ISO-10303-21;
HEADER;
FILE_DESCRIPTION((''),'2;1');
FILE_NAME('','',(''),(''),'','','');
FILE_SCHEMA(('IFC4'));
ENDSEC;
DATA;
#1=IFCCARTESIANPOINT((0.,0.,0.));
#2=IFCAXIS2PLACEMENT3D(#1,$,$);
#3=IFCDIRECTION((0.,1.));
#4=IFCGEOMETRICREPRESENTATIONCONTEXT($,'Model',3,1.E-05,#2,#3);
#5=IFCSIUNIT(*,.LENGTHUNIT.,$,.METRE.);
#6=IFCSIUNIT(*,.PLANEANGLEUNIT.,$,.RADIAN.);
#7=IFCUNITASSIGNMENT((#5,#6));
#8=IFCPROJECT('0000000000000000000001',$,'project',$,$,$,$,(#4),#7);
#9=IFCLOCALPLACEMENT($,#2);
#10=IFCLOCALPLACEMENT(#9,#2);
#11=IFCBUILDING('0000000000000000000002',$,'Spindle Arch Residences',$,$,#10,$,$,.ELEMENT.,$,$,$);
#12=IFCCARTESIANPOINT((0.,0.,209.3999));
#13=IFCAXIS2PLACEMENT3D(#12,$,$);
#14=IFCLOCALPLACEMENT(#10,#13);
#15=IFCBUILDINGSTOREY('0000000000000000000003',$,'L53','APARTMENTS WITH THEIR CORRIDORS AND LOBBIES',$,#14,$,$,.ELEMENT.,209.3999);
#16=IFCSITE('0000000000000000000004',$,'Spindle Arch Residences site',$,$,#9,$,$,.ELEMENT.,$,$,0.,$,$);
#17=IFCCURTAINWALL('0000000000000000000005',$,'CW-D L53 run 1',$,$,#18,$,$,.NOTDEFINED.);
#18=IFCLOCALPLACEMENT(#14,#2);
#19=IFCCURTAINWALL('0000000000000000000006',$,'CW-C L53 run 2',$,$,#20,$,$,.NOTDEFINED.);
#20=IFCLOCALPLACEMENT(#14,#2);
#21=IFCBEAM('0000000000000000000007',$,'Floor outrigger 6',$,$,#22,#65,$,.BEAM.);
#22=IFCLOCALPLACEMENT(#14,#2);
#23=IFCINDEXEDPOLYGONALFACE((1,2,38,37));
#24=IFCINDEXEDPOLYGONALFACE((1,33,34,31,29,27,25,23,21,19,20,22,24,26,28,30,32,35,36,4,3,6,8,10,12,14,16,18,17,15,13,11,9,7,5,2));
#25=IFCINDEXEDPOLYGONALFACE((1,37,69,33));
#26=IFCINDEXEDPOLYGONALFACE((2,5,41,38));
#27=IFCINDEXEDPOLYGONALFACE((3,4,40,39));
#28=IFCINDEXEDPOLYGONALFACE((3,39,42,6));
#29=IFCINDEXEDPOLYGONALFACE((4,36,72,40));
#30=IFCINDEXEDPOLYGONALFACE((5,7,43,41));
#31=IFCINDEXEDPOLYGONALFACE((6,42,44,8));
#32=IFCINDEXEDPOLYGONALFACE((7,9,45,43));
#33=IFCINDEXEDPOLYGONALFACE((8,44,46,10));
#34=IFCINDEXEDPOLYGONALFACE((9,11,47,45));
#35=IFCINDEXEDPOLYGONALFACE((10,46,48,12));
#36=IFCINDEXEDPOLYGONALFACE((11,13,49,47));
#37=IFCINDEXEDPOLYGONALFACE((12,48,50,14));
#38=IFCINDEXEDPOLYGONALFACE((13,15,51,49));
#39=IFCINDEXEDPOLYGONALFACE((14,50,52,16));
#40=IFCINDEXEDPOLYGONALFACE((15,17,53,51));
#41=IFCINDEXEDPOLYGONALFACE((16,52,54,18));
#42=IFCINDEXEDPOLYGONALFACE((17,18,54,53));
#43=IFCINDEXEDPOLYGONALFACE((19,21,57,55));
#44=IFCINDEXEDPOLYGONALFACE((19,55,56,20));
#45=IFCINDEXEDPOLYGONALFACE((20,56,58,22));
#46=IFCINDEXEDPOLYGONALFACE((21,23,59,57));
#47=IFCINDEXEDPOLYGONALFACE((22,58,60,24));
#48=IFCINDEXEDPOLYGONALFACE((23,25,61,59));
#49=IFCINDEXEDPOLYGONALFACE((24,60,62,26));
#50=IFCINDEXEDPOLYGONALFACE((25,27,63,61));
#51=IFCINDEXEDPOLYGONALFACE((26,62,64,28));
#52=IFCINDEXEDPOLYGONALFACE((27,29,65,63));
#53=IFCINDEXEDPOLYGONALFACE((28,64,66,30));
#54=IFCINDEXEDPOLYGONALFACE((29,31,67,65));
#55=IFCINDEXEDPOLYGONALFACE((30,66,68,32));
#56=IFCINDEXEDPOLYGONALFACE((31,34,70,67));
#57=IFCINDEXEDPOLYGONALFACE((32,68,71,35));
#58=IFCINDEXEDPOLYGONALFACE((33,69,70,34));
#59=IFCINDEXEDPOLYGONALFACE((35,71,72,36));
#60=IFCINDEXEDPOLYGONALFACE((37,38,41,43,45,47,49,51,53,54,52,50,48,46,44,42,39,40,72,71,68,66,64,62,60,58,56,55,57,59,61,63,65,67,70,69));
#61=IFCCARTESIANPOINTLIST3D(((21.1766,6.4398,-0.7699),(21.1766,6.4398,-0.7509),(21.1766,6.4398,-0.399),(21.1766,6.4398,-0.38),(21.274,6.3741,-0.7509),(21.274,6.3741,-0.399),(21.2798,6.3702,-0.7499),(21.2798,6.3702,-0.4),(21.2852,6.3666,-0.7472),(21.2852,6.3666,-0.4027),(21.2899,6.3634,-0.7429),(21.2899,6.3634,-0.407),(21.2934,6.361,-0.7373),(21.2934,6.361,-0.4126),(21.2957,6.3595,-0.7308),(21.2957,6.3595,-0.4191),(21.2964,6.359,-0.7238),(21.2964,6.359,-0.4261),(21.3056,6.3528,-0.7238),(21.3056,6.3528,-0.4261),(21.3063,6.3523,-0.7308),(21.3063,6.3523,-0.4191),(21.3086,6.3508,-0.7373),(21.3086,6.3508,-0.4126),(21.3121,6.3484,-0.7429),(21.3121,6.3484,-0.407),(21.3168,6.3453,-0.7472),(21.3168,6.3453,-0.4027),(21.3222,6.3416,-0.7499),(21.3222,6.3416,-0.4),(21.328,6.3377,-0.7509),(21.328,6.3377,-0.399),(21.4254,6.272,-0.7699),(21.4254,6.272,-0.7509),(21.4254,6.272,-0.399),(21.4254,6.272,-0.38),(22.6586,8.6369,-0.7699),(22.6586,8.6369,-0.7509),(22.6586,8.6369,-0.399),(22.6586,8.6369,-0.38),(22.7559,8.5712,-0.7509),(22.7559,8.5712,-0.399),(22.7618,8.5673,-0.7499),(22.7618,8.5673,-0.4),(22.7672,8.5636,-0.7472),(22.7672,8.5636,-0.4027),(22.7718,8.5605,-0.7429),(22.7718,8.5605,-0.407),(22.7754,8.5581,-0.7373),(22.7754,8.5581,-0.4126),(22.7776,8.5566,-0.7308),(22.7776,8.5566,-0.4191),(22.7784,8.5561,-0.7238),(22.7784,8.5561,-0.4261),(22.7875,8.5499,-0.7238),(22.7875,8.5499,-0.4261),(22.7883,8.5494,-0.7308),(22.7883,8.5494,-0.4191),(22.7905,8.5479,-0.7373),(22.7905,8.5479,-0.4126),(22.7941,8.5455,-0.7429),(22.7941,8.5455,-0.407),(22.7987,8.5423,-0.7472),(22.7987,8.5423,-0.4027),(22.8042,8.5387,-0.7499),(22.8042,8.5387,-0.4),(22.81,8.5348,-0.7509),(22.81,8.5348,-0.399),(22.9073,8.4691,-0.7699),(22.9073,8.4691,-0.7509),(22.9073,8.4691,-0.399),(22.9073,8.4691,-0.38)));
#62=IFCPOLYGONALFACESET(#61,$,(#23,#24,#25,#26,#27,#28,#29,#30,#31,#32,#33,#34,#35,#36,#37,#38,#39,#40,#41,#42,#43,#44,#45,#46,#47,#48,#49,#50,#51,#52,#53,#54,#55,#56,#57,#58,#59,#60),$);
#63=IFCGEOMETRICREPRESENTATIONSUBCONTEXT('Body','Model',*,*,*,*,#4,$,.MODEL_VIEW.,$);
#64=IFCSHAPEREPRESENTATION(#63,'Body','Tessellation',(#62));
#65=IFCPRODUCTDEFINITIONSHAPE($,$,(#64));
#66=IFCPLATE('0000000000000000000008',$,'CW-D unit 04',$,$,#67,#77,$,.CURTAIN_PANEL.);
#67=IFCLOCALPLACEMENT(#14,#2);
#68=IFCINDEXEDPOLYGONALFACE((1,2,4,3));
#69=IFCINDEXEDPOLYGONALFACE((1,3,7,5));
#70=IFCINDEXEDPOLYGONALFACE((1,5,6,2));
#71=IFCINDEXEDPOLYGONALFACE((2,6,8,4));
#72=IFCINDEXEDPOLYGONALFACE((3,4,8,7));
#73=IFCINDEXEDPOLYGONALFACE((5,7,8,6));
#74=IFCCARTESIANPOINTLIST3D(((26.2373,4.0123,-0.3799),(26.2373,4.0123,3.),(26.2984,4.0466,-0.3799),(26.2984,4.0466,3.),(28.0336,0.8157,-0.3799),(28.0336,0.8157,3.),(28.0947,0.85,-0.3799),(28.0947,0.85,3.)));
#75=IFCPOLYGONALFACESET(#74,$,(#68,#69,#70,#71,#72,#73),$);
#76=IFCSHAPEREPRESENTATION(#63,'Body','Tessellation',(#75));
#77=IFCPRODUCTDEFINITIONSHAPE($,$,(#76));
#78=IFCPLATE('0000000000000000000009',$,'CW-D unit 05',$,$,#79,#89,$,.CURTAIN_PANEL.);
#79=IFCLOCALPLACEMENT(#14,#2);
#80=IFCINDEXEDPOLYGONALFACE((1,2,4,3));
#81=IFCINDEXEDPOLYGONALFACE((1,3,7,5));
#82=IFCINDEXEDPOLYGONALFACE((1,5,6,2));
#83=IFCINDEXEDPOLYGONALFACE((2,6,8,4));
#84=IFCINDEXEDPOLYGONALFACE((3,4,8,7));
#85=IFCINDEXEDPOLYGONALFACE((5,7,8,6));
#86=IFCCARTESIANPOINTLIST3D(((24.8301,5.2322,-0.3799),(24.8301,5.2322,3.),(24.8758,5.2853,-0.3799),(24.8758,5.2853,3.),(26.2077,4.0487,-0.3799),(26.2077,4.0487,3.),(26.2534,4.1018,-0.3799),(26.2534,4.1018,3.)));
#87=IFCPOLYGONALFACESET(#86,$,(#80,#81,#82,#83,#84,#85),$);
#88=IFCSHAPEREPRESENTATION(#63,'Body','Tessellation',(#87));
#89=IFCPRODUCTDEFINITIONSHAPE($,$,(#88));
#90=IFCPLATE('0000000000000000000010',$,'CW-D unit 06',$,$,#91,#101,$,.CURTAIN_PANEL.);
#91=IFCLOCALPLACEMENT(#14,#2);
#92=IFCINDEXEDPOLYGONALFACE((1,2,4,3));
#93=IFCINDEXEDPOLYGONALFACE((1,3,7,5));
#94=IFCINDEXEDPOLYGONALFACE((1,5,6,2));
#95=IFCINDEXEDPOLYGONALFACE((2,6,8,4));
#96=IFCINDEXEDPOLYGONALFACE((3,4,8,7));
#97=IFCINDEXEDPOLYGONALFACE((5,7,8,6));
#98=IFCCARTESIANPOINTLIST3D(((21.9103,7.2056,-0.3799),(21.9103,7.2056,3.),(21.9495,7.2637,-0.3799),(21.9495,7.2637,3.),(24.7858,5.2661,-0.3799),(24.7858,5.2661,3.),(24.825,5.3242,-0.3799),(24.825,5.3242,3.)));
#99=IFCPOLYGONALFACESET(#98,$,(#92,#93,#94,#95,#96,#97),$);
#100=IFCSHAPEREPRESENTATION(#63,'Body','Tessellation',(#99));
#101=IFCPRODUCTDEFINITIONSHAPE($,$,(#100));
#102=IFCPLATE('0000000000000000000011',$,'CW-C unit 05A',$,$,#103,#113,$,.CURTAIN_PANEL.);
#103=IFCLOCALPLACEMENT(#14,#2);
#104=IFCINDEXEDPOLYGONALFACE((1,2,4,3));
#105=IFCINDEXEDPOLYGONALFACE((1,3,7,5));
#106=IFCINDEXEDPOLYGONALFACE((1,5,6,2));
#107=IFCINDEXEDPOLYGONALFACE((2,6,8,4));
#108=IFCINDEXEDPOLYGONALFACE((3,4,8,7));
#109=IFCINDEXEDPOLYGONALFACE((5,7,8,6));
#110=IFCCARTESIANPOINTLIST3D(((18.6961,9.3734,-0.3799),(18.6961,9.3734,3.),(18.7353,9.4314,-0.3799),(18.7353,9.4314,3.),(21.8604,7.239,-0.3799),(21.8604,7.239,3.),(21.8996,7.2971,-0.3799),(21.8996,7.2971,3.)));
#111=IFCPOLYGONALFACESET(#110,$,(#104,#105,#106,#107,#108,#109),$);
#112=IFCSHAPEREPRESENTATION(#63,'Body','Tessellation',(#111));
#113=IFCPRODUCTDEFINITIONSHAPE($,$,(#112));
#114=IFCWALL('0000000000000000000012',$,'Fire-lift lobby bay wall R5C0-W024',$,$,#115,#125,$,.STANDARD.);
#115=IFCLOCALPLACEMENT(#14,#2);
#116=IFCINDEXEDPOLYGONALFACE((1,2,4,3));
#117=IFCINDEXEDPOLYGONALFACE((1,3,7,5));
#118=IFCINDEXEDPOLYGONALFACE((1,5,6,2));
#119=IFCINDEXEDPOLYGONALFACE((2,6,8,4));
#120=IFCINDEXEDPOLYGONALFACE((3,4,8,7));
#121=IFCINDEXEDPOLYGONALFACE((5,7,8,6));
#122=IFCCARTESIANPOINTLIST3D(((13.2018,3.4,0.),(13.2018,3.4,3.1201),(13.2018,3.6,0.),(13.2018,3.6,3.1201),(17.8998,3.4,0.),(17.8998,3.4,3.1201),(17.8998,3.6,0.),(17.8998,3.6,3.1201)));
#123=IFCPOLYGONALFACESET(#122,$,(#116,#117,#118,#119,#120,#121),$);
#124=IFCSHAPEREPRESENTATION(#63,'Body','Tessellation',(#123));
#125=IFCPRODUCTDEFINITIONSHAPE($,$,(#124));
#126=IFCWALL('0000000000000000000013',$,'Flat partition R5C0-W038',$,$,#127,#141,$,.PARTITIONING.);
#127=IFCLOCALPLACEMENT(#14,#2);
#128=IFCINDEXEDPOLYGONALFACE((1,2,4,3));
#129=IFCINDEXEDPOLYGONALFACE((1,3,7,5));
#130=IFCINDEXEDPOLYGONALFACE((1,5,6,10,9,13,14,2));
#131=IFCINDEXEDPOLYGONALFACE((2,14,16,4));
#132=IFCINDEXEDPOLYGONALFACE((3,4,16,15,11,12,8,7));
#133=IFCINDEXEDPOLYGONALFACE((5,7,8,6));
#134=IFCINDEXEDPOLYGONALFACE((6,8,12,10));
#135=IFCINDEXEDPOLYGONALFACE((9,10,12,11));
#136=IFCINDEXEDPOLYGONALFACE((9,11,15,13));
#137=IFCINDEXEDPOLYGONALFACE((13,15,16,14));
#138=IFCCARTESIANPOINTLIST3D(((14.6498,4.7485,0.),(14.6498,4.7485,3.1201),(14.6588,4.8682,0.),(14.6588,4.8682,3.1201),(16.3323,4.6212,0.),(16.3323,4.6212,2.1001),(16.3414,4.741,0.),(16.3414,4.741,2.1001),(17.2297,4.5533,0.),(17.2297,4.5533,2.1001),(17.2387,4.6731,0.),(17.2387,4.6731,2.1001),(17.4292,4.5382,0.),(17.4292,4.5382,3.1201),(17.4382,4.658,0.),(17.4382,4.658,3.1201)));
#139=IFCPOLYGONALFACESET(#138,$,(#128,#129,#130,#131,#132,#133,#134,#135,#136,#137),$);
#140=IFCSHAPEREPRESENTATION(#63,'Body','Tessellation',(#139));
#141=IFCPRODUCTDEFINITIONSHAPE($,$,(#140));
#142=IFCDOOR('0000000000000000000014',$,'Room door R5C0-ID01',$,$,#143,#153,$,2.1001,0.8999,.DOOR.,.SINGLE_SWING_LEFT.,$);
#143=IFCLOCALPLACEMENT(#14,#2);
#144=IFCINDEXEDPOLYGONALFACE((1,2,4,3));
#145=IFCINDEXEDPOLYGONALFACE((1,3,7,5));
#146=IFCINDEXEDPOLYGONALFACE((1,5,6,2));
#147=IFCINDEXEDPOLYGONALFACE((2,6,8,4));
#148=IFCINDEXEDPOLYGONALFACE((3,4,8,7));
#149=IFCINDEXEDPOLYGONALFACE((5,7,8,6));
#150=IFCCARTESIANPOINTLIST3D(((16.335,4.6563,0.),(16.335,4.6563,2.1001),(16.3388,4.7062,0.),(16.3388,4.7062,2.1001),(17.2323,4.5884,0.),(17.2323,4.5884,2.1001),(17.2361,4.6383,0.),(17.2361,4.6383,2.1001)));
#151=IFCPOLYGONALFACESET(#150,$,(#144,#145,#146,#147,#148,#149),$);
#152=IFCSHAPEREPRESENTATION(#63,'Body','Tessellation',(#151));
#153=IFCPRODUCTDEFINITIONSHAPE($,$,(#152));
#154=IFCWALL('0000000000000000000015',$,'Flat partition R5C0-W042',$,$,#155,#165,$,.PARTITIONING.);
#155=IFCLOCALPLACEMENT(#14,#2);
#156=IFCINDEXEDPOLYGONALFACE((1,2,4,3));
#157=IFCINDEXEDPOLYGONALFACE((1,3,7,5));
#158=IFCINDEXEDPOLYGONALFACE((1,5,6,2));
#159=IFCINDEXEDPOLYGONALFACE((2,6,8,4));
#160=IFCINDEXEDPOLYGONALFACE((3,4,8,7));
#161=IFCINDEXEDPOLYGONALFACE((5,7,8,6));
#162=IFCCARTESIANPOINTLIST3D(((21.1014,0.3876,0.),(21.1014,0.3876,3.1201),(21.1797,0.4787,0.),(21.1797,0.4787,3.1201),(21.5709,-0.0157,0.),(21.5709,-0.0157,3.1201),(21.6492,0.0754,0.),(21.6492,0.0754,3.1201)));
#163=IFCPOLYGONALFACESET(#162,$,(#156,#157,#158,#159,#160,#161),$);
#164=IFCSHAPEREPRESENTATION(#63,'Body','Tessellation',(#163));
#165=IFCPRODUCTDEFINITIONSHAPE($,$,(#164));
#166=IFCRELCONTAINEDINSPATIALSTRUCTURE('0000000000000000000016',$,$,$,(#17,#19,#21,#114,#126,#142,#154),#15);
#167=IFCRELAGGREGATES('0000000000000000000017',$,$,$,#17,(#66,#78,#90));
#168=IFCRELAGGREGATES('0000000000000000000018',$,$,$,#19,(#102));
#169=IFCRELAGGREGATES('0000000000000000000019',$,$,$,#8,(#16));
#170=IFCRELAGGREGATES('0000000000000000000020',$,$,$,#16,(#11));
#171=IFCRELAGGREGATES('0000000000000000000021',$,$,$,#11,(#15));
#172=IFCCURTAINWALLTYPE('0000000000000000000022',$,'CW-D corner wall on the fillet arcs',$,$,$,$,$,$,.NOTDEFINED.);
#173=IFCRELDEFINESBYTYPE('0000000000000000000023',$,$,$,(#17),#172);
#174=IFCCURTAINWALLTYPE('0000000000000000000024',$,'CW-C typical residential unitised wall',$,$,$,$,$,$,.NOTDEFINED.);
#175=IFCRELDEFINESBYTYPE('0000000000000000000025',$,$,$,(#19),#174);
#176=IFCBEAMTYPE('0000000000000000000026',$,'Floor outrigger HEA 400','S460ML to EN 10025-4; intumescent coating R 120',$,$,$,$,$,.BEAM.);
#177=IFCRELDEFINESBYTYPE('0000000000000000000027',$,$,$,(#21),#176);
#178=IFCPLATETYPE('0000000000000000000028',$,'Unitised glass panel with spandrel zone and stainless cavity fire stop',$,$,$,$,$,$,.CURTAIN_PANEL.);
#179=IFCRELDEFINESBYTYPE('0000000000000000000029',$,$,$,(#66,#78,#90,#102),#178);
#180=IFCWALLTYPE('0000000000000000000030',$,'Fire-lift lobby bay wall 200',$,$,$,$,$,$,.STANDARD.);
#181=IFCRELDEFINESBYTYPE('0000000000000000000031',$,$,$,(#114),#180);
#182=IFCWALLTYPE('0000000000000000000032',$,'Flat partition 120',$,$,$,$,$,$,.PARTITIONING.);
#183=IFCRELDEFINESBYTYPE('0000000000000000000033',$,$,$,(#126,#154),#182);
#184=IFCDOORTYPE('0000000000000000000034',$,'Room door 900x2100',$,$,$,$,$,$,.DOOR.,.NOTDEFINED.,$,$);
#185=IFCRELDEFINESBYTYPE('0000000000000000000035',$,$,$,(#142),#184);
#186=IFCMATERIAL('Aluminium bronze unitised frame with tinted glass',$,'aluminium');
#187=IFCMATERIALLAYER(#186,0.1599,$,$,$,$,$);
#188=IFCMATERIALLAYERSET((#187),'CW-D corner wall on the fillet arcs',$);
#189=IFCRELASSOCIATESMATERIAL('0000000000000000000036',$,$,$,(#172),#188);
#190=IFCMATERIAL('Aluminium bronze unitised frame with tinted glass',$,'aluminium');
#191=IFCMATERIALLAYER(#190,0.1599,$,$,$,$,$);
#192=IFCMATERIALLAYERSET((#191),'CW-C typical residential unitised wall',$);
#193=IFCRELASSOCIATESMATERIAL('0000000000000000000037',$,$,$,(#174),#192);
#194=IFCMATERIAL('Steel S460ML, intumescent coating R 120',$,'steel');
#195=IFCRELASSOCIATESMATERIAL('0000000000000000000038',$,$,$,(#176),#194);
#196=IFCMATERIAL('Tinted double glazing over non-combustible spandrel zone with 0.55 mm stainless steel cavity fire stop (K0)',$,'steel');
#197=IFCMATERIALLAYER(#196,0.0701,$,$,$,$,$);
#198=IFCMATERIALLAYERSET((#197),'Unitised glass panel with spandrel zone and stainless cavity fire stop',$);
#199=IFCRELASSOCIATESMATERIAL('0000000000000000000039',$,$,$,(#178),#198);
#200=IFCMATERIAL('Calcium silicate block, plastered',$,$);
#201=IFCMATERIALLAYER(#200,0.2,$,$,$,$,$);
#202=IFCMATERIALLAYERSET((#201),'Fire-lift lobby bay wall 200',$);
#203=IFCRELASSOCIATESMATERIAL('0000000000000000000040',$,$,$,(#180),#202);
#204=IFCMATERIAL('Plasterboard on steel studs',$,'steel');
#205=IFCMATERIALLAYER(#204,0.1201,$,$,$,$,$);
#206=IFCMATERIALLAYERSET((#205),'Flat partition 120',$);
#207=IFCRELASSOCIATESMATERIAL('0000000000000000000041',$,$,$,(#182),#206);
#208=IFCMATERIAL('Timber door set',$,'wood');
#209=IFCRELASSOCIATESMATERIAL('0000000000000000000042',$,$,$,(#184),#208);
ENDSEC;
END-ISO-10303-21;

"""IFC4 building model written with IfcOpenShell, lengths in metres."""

from ifc_helpers import new_model, si_unit, direction, frame, frame_2d, origin, origin_2d, place, context, subcontext, project, spatial, rectangle, i_section, extrude, material, layer, layer_set, material_profile, profile_set, type_object, element, fill, aggregate, save


model = new_model("IFC4")

# Units and contexts
model_context = context("Model", 3, precision=1e-05, world=origin(), true_north=direction((0.0, 1.0)))
body_context = subcontext(model_context, "Body", "Model", "MODEL_VIEW")
ifc_project = project(units=[si_unit("LENGTHUNIT", "METRE"), si_unit("PLANEANGLEUNIT", "RADIAN")], contexts=[model_context])

# Site, building, storey
site_placement = place(None, origin())
site = spatial("IfcSite", under=ifc_project, at=site_placement, Name="Spindle Arch Residences site", CompositionType="ELEMENT", RefElevation=0.0)
building_placement = place(site_placement, origin())
building = spatial("IfcBuilding", under=site, at=building_placement, Name="Spindle Arch Residences", CompositionType="ELEMENT")
storey_placement = place(building_placement, frame((0.0, 0.0, 209.3999)))
storey = spatial("IfcBuildingStorey", under=building, at=storey_placement, Name="L53", Description="APARTMENTS WITH THEIR CORRIDORS AND LOBBIES", CompositionType="ELEMENT", Elevation=209.3999)

# Curtain wall
ifc_material_1 = material(Name="Aluminium bronze unitised frame with tinted glass", Category="aluminium")
ifc_layer_1 = layer(ifc_material_1, 0.1599)
ifc_layer_set_1 = layer_set([ifc_layer_1], Name="CW-D corner wall on the fillet arcs")
curtain_wall_type_1 = type_object("IfcCurtainWallType", Name="CW-D corner wall on the fillet arcs", PredefinedType="NOTDEFINED", material=ifc_layer_set_1)
curtain_wall_1_placement = place(storey_placement, origin())
curtain_wall_1 = element("IfcCurtainWall", 1, at=curtain_wall_1_placement, inside=storey, type_object=curtain_wall_type_1, Name="CW-D L53 run 1", PredefinedType="NOTDEFINED")

# Curtain wall
ifc_material_2 = material(Name="Aluminium bronze unitised frame with tinted glass", Category="aluminium")
ifc_layer_2 = layer(ifc_material_2, 0.1599)
ifc_layer_set_2 = layer_set([ifc_layer_2], Name="CW-C typical residential unitised wall")
curtain_wall_type_2 = type_object("IfcCurtainWallType", Name="CW-C typical residential unitised wall", PredefinedType="NOTDEFINED", material=ifc_layer_set_2)
curtain_wall_2_placement = place(storey_placement, origin())
curtain_wall_2 = element("IfcCurtainWall", 2, at=curtain_wall_2_placement, inside=storey, type_object=curtain_wall_type_2, Name="CW-C L53 run 2", PredefinedType="NOTDEFINED")

# Beam
ifc_material_3 = material(Name="Steel S460ML, intumescent coating R 120", Category="steel")
ifc_material_profile_1 = material_profile(ifc_material_3, i_section(OverallWidth=0.3, OverallDepth=0.3899, WebThickness=0.011, FlangeThickness=0.019, FilletRadius=0.0271, at=origin_2d()), Name="HEA 400")
ifc_profile_set_1 = profile_set([ifc_material_profile_1], Name="Steel S460ML, intumescent coating R 120")
beam_type_1 = type_object("IfcBeamType", Name="Floor outrigger HEA 400", Description="S460ML to EN 10025-4; intumescent coating R 120", PredefinedType="BEAM", material=ifc_profile_set_1)
beam_1_placement = place(storey_placement, frame((22.783, 8.553, -0.575), z_axis=(-0.559199, -0.829033, 0.0), x_axis=(0.829033, -0.559199, 0.0)))
element("IfcBeam", 3, at=beam_1_placement, inside=storey, type_object=beam_type_1, Name="Floor outrigger 6", PredefinedType="BEAM", context=body_context, shape_type="SweptSolid", body=[
    extrude(i_section(OverallWidth=0.3, OverallDepth=0.3899, WebThickness=0.011, FlangeThickness=0.019, FilletRadius=0.0271, at=origin_2d()), origin(), (0.0, 0.0, 1.0), 2.6501),
])

# Plates
ifc_material_4 = material(Name="Tinted double glazing over non-combustible spandrel zone with 0.55 mm stainless steel cavity fire stop (K0)", Category="steel")
ifc_layer_3 = layer(ifc_material_4, 0.0701)
ifc_layer_set_3 = layer_set([ifc_layer_3], Name="Unitised glass panel with spandrel zone and stainless cavity fire stop")
plate_type = type_object("IfcPlateType", Name="Unitised glass panel with spandrel zone and stainless cavity fire stop", PredefinedType="CURTAIN_PANEL", material=ifc_layer_set_3)
plate_1_placement = place(storey_placement, frame((27.166, 2.4312, -0.3799), z_axis=(0.0, 0.0, 1.0), x_axis=(-0.48989, 0.871784, 0.0)))
plate_1 = element("IfcPlate", 4, at=plate_1_placement, type_object=plate_type, Name="CW-D unit 04", PredefinedType="CURTAIN_PANEL", context=body_context, shape_type="SweptSolid", body=[
    extrude(rectangle(XDim=3.6667, YDim=0.0701, at=origin_2d()), origin(), (0.0, 0.0, 1.0), 3.3799),
])
plate_2_placement = place(storey_placement, frame((25.5417, 4.667, -0.3799), z_axis=(0.0, 0.0, 1.0), x_axis=(-0.758514, 0.651657, 0.0)))
plate_2 = element("IfcPlate", 5, at=plate_2_placement, type_object=plate_type, Name="CW-D unit 05", PredefinedType="CURTAIN_PANEL", context=body_context, shape_type="SweptSolid", body=[
    extrude(rectangle(XDim=1.8162, YDim=0.0701, at=origin_2d()), origin(), (0.0, 0.0, 1.0), 3.3799),
])
plate_3_placement = place(storey_placement, frame((23.3677, 6.2649, -0.3799), z_axis=(0.0, 0.0, 1.0), x_axis=(-0.829038, 0.559193, 0.0)))
plate_3 = element("IfcPlate", 6, at=plate_3_placement, type_object=plate_type, Name="CW-D unit 06", PredefinedType="CURTAIN_PANEL", context=body_context, shape_type="SweptSolid", body=[
    extrude(rectangle(XDim=3.4685, YDim=0.0701, at=origin_2d()), origin(), (0.0, 0.0, 1.0), 3.3799),
])
aggregate(curtain_wall_1, [plate_1, plate_2, plate_3])
plate_4_placement = place(storey_placement, frame((20.2979, 8.3352, -0.3799), z_axis=(0.0, 0.0, 1.0), x_axis=(-0.829038, 0.559193, 0.0)))
plate_4 = element("IfcPlate", 7, at=plate_4_placement, type_object=plate_type, Name="CW-C unit 05A", PredefinedType="CURTAIN_PANEL", context=body_context, shape_type="SweptSolid", body=[
    extrude(rectangle(XDim=3.8169, YDim=0.0701, at=origin_2d()), origin(), (0.0, 0.0, 1.0), 3.3799),
])
aggregate(curtain_wall_2, [plate_4])

# Wall
ifc_material_5 = material(Name="Calcium silicate block, plastered")
ifc_layer_4 = layer(ifc_material_5, 0.2)
ifc_layer_set_4 = layer_set([ifc_layer_4], Name="Fire-lift lobby bay wall 200")
wall_type_1 = type_object("IfcWallType", Name="Fire-lift lobby bay wall 200", PredefinedType="STANDARD", material=ifc_layer_set_4)
wall_1_placement = place(storey_placement, frame((17.8999, 3.5, 0.0), z_axis=(0.0, 0.0, 1.0), x_axis=(-1.0, 0.0, 0.0)))
element("IfcWall", 8, at=wall_1_placement, inside=storey, type_object=wall_type_1, Name="Fire-lift lobby bay wall R5C0-W024", PredefinedType="STANDARD", context=body_context, shape_type="SweptSolid", body=[
    extrude(rectangle(XDim=4.698, YDim=0.2, at=frame_2d((2.3491, 0.0))), origin(), (0.0, 0.0, 1.0), 3.1201),
])

# Wall, opening, door
ifc_material_6 = material(Name="Plasterboard on steel studs", Category="steel")
ifc_layer_5 = layer(ifc_material_6, 0.1201)
ifc_layer_set_5 = layer_set([ifc_layer_5], Name="Flat partition 120")
wall_type_2 = type_object("IfcWallType", Name="Flat partition 120", PredefinedType="PARTITIONING", material=ifc_layer_set_5)
wall_2_placement = place(storey_placement, frame((17.4336, 4.5981, 0.0), z_axis=(0.0, 0.0, 1.0), x_axis=(-0.997152, 0.075417, 0.0)))
wall_2 = element("IfcWall", 9, at=wall_2_placement, inside=storey, type_object=wall_type_2, Name="Flat partition R5C0-W038", PredefinedType="PARTITIONING", context=body_context, shape_type="SweptSolid", body=[
    extrude(rectangle(XDim=2.7874, YDim=0.1201, at=frame_2d((1.3936, 0.0))), origin(), (0.0, 0.0, 1.0), 3.1201),
])
opening_1_placement = place(wall_2_placement, frame((0.2, 0.0, 0.0)))
opening_1 = element("IfcOpeningElement", 10, at=opening_1_placement, cuts=wall_2, PredefinedType="OPENING", context=body_context, shape_type="SweptSolid", body=[
    extrude(rectangle(XDim=0.8999, YDim=2.1001, at=frame_2d((0.45, 1.05))), frame((0.0, 0.0701, 0.0), z_axis=(0.0, -1.0, 0.0), x_axis=(1.0, 0.0, 0.0)), (0.0, 0.0, 1.0), 0.1401),
])
ifc_material_7 = material(Name="Timber door set", Category="wood")
door_type_1 = type_object("IfcDoorType", Name="Room door 900x2100", OperationType="NOTDEFINED", PredefinedType="DOOR", material=ifc_material_7)
door_1_placement = place(opening_1_placement, origin())
door_1 = element("IfcDoor", 11, at=door_1_placement, inside=storey, type_object=door_type_1, Name="Room door R5C0-ID01", OperationType="SINGLE_SWING_LEFT", OverallHeight=2.1001, OverallWidth=0.8999, PredefinedType="DOOR", context=body_context, shape_type="SweptSolid", body=[
    extrude(rectangle(XDim=0.8999, YDim=2.1001, at=frame_2d((0.45, 1.05))), frame((0.0, 0.0249, 0.0), z_axis=(0.0, -1.0, 0.0), x_axis=(1.0, 0.0, 0.0)), (0.0, 0.0, 1.0), 0.05),
])
fill(opening_1, door_1)

# Wall
wall_3_placement = place(storey_placement, frame((21.6101, 0.0298, 0.0), z_axis=(0.0, 0.0, 1.0), x_axis=(-0.758532, 0.651636, 0.0)))
element("IfcWall", 12, at=wall_3_placement, inside=storey, type_object=wall_type_2, Name="Flat partition R5C0-W042", PredefinedType="PARTITIONING", context=body_context, shape_type="SweptSolid", body=[
    extrude(rectangle(XDim=0.6189, YDim=0.1201, at=frame_2d((0.3096, 0.0))), origin(), (0.0, 0.0, 1.0), 3.1201),
])

save(model, "model.ifc")
